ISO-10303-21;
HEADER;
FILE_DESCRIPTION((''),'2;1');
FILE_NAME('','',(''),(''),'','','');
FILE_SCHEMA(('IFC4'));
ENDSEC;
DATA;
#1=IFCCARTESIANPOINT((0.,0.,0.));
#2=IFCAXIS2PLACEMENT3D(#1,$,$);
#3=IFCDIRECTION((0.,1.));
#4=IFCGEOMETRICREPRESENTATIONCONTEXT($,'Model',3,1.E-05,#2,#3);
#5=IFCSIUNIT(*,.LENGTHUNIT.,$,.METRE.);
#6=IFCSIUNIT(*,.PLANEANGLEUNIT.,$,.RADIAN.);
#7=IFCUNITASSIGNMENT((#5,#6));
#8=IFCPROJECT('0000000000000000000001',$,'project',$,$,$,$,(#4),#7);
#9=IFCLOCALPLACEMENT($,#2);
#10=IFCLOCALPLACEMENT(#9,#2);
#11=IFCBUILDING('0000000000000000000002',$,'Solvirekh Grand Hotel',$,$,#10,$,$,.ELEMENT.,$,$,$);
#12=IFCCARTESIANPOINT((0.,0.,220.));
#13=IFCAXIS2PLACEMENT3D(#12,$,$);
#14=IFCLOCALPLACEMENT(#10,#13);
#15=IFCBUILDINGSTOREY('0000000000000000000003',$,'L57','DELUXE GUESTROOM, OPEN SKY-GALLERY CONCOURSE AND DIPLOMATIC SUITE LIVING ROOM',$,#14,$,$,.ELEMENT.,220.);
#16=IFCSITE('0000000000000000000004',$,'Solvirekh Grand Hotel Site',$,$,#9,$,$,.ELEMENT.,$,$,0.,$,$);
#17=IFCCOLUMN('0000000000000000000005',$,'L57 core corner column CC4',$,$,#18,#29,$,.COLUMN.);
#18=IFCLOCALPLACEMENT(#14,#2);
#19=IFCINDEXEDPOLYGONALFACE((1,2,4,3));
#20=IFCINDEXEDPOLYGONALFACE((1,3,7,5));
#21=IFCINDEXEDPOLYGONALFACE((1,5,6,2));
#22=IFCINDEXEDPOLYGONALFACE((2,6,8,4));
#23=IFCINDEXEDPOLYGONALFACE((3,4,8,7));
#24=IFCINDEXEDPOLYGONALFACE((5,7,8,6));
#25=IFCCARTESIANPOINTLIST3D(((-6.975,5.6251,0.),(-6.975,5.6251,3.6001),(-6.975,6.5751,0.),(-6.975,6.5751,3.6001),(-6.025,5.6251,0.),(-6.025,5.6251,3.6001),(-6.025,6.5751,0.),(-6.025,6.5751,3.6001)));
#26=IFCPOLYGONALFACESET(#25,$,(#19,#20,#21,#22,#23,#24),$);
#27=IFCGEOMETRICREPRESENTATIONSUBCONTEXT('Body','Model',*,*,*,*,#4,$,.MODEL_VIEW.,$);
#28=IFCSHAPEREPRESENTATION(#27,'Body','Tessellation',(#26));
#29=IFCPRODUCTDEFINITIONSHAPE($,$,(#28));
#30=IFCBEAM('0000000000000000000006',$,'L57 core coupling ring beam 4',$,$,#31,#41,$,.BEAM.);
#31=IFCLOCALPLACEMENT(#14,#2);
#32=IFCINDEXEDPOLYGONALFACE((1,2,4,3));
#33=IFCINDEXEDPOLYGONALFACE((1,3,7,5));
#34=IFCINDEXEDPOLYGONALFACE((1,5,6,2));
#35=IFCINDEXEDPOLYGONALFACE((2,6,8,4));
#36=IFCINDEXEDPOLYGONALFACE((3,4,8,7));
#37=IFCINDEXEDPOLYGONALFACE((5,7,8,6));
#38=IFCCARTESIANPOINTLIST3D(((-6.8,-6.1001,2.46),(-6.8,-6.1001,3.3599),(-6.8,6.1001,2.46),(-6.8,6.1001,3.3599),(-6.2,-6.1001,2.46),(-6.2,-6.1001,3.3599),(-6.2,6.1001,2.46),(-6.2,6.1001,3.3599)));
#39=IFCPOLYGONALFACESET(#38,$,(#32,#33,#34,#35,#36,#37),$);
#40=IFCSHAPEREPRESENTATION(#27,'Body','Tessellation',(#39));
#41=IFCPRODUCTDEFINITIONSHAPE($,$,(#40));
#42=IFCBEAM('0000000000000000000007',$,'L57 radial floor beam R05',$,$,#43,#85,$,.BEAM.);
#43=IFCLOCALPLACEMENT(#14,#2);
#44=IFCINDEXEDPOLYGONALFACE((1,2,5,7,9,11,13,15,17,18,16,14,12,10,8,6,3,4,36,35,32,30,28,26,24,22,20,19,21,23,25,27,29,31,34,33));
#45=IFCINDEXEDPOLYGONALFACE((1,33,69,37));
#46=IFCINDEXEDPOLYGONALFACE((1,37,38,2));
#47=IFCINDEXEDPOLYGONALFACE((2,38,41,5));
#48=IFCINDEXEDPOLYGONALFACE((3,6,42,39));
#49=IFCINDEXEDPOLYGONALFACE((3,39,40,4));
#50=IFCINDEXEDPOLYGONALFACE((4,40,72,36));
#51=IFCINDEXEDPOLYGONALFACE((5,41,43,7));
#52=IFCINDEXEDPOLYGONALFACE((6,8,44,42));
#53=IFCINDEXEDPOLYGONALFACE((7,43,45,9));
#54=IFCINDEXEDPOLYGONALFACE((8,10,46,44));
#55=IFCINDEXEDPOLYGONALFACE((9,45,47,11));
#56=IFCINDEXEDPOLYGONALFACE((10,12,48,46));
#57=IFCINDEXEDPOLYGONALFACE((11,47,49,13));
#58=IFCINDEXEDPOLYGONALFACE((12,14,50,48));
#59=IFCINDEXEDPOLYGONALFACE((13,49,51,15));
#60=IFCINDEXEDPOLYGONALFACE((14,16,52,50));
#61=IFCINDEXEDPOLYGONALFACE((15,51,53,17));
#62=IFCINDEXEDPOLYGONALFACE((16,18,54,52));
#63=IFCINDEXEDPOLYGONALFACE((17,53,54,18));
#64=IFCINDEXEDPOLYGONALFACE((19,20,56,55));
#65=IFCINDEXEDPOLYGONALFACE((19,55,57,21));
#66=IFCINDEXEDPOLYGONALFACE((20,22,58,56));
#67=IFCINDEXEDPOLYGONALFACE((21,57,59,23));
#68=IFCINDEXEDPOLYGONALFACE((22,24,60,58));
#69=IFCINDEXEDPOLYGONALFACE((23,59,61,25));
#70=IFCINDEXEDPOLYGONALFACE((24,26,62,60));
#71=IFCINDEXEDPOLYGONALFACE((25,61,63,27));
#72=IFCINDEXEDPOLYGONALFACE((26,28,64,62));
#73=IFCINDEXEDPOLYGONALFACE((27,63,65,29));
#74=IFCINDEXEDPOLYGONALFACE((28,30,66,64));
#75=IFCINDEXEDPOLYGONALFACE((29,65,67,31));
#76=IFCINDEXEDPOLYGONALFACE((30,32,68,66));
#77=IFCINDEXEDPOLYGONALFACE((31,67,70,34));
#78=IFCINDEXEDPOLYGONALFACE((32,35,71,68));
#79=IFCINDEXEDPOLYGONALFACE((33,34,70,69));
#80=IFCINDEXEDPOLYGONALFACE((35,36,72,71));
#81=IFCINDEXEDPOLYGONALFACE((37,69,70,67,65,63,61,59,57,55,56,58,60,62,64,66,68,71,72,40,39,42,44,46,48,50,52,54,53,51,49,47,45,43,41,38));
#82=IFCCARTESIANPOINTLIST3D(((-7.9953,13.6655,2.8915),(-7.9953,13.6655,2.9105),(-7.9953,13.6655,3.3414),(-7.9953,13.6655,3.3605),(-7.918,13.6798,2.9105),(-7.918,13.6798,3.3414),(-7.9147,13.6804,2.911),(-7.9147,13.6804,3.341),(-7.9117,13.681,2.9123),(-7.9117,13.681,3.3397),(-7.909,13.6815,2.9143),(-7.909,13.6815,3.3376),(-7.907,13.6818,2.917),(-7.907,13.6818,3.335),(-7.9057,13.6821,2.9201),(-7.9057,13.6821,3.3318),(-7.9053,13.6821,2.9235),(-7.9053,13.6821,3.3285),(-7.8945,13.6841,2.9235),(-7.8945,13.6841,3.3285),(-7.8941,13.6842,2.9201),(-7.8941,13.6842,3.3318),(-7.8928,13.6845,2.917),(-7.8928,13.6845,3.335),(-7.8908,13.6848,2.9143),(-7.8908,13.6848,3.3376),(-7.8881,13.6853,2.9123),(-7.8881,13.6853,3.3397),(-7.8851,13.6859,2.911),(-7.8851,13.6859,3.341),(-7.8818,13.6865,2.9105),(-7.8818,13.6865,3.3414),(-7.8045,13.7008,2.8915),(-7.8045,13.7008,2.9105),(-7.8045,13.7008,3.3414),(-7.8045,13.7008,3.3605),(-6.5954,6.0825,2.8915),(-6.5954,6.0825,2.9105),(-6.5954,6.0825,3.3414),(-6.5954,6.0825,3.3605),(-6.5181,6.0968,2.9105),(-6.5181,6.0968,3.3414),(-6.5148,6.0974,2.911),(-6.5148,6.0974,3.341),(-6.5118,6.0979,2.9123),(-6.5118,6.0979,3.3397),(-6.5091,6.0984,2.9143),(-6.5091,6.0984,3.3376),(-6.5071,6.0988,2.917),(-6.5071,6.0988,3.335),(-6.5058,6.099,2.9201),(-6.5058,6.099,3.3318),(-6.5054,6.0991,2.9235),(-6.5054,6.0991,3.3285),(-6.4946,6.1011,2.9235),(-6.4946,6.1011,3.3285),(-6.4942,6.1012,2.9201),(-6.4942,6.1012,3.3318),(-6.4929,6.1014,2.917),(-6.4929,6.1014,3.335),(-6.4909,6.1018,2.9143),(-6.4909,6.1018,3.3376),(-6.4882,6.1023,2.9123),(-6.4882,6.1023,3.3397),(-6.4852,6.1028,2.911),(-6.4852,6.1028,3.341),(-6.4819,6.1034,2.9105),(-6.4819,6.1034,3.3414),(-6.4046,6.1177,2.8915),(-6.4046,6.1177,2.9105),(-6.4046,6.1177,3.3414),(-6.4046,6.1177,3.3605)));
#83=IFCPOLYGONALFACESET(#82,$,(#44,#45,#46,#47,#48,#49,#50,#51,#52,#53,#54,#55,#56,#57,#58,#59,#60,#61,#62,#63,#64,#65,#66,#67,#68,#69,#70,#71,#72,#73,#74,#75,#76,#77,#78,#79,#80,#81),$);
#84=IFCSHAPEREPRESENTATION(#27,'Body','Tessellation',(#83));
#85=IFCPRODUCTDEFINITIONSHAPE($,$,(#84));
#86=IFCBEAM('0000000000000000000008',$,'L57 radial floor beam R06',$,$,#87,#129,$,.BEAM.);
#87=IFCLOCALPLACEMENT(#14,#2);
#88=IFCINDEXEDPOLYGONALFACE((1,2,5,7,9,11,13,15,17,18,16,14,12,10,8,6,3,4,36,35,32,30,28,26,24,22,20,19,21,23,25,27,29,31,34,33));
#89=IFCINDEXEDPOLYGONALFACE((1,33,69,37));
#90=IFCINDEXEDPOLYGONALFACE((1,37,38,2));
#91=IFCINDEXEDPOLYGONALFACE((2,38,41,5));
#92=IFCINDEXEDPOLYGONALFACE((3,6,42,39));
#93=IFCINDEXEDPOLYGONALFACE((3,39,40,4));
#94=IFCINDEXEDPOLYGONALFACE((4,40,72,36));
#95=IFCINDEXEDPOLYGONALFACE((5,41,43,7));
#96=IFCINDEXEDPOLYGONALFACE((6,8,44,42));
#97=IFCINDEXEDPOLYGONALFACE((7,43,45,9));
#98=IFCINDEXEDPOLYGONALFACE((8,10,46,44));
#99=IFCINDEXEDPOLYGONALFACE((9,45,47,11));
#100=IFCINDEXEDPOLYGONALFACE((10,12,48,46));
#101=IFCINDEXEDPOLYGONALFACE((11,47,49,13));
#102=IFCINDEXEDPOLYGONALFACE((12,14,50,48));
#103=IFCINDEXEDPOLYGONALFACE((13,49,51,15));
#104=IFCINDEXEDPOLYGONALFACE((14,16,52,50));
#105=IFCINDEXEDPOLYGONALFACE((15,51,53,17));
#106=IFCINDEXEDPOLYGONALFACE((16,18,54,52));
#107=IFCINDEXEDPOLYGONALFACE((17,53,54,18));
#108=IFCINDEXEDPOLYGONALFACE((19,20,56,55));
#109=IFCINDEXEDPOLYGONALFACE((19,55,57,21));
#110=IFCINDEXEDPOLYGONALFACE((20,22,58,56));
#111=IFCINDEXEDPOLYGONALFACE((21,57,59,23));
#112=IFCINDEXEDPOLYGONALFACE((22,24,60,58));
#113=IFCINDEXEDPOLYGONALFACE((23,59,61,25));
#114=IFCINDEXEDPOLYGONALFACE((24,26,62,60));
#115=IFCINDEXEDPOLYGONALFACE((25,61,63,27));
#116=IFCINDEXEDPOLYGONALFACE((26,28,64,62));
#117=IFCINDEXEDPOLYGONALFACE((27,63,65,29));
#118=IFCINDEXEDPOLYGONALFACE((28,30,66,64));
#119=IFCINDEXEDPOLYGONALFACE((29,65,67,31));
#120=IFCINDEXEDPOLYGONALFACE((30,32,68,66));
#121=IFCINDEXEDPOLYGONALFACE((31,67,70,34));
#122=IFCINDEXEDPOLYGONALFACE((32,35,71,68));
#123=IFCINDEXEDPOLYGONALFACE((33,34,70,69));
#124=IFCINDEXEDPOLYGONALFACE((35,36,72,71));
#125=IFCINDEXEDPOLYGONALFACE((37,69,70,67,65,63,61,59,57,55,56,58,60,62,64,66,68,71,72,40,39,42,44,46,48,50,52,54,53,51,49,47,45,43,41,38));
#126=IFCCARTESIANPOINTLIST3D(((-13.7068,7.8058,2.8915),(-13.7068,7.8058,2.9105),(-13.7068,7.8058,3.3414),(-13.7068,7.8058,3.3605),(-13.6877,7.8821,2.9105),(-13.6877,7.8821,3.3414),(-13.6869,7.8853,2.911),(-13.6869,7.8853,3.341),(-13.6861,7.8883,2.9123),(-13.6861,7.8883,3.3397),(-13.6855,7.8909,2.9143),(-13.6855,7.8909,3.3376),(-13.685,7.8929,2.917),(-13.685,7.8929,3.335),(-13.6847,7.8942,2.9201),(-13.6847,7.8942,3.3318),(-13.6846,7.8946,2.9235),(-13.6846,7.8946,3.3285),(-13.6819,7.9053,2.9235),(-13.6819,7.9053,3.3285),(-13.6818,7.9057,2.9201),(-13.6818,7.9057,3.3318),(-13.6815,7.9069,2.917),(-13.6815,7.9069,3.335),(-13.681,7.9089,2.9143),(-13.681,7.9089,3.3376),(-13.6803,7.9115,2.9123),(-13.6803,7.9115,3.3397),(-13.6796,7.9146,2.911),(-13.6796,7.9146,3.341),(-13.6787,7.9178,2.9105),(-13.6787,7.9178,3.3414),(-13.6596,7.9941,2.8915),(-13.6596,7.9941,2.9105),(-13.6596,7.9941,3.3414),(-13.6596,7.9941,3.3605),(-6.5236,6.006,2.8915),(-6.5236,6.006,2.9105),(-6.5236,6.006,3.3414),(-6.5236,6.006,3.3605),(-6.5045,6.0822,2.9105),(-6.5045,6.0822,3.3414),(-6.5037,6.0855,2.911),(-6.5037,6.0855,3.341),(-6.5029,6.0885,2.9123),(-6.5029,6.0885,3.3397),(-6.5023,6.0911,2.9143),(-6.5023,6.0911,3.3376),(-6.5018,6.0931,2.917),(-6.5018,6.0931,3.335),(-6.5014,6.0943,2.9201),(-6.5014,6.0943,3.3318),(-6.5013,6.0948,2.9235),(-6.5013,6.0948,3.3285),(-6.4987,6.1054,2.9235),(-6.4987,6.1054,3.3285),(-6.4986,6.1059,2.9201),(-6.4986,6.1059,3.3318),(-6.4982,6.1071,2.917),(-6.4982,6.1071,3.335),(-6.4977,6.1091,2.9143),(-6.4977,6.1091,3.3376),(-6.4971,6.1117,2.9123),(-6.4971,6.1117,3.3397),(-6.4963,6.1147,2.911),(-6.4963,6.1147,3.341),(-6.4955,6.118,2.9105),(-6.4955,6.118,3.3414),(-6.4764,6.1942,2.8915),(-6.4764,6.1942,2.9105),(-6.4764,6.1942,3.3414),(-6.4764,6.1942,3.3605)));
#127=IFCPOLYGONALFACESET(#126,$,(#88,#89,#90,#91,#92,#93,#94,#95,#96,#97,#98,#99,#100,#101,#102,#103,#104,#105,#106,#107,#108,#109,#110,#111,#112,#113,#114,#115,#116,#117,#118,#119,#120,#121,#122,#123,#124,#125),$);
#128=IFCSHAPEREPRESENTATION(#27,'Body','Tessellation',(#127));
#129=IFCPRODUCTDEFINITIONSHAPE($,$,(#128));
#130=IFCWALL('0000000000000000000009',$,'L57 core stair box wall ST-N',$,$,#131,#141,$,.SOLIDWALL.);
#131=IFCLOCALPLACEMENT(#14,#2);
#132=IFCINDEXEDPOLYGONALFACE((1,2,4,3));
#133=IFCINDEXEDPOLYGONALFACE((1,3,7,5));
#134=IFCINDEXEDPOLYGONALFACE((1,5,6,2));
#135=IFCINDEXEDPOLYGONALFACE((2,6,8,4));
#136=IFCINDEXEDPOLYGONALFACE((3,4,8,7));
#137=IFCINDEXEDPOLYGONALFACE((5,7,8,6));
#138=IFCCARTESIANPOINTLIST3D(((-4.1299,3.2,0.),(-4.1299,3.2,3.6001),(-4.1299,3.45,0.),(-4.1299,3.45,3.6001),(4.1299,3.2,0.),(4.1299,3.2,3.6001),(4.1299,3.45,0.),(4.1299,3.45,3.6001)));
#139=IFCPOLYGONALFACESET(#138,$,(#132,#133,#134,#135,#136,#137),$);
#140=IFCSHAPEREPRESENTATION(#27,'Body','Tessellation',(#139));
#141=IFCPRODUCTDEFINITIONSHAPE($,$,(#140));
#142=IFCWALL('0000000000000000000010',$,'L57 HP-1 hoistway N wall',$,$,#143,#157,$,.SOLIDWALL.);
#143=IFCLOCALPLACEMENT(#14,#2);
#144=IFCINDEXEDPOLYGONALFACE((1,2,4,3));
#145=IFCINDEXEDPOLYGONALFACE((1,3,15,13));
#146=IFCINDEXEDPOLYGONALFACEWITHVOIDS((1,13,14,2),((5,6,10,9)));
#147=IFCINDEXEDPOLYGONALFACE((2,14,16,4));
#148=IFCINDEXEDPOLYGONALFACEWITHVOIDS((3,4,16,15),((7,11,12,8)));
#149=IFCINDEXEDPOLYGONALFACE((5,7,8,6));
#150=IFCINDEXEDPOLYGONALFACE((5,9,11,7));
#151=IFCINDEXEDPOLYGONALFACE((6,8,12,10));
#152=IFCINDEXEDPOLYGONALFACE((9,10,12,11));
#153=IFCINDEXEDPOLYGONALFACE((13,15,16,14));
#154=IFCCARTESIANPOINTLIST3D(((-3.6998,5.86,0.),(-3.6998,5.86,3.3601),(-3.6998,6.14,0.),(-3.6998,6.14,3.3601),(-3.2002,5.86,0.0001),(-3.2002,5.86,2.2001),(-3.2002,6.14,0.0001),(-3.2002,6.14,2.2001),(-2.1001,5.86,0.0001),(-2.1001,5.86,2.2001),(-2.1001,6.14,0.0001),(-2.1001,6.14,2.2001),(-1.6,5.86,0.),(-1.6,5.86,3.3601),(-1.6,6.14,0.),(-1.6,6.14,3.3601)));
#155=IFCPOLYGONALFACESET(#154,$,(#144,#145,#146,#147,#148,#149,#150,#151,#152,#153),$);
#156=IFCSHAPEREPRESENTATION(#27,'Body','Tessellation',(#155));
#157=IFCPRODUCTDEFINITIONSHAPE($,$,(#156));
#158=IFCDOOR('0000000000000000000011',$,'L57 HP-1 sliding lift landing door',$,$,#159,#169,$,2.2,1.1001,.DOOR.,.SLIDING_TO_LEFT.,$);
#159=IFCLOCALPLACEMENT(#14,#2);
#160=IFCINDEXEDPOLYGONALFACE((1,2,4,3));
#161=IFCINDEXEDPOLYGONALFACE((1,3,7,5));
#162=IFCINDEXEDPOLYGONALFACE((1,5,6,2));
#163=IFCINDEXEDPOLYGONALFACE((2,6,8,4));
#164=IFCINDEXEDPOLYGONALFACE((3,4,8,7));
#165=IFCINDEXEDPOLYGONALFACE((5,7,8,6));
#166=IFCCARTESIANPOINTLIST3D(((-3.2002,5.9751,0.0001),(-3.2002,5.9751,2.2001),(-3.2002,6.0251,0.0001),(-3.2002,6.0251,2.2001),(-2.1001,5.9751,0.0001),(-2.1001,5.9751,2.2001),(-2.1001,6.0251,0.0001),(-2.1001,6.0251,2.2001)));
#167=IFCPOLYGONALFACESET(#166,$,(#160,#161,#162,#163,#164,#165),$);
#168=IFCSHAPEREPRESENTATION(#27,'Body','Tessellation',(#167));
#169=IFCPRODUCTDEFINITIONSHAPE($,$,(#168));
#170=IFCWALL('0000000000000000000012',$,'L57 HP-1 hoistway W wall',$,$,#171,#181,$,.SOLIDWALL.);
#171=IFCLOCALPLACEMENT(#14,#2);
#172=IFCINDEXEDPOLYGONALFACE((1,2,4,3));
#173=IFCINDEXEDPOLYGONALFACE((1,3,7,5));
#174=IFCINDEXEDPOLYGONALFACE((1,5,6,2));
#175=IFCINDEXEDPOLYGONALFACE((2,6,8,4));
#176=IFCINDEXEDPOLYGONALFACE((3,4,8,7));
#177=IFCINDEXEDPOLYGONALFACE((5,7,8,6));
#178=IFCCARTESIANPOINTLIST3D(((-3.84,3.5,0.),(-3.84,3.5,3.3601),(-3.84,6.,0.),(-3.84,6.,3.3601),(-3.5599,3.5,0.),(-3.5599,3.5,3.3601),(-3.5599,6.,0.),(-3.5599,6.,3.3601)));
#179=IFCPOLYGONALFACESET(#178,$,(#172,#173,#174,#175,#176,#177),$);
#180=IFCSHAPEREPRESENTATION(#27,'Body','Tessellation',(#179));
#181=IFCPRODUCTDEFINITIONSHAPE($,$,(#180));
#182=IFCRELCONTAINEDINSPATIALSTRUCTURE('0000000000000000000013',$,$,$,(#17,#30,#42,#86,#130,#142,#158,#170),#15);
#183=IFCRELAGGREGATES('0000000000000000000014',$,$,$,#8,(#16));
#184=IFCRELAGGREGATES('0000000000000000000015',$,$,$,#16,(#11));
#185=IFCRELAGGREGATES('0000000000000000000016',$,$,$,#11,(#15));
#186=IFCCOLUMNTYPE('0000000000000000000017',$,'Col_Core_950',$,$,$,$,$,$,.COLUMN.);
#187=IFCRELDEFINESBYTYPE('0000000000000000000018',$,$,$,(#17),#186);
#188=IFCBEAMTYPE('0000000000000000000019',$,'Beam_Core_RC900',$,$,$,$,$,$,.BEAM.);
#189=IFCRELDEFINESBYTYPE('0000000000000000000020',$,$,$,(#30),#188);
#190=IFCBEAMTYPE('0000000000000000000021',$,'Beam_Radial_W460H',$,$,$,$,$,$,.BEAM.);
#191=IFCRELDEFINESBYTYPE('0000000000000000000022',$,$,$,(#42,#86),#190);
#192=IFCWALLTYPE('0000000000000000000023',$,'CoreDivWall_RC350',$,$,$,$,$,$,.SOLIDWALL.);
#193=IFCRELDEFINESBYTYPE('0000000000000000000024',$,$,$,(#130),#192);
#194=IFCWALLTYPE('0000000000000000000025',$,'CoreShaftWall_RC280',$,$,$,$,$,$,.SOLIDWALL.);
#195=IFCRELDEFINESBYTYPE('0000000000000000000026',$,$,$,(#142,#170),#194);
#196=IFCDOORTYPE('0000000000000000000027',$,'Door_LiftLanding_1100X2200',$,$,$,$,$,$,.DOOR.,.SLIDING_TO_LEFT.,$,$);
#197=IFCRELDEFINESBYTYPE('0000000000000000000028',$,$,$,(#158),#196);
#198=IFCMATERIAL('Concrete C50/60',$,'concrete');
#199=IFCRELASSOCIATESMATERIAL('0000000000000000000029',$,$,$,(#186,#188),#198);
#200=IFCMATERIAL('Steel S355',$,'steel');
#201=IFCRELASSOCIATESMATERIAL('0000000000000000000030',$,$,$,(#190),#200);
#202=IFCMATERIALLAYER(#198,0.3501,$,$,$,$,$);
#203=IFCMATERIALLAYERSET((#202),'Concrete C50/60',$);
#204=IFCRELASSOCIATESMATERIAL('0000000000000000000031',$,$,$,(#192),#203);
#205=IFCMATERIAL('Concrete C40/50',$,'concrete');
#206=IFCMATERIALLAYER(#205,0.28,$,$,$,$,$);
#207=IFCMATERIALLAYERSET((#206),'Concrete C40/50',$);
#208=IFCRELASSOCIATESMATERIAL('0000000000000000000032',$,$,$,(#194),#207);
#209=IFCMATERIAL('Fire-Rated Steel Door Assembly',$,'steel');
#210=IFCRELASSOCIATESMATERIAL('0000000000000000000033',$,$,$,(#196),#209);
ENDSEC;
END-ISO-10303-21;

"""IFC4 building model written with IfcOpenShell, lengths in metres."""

from ifc_helpers import new_model, si_unit, direction, frame, frame_2d, origin, origin_2d, place, context, subcontext, project, spatial, rectangle, i_section, extrude, material, layer, layer_set, material_profile, profile_set, type_object, element, fill, save


model = new_model("IFC4")

# Units and contexts
model_context = context("Model", 3, precision=1e-05, world=origin(), true_north=direction((0.0, 1.0)))
body_context = subcontext(model_context, "Body", "Model", "MODEL_VIEW")
ifc_project = project(units=[si_unit("LENGTHUNIT", "METRE"), si_unit("PLANEANGLEUNIT", "RADIAN")], contexts=[model_context])

# Site, building, storey
site_placement = place(None, origin())
site = spatial("IfcSite", under=ifc_project, at=site_placement, Name="Solvirekh Grand Hotel Site", CompositionType="ELEMENT", RefElevation=0.0)
building_placement = place(site_placement, origin())
building = spatial("IfcBuilding", under=site, at=building_placement, Name="Solvirekh Grand Hotel", CompositionType="ELEMENT")
storey_placement = place(building_placement, frame((0.0, 0.0, 220.0)))
storey = spatial("IfcBuildingStorey", under=building, at=storey_placement, Name="L57", Description="DELUXE GUESTROOM, OPEN SKY-GALLERY CONCOURSE AND DIPLOMATIC SUITE LIVING ROOM", CompositionType="ELEMENT", Elevation=220.0)

# Column
ifc_material_1 = material(Name="Concrete C50/60", Category="concrete")
ifc_material_profile_1 = material_profile(ifc_material_1, rectangle(XDim=0.95, YDim=0.95, at=origin_2d()), Name="RC 950X950")
ifc_profile_set_1 = profile_set([ifc_material_profile_1], Name="Concrete C50/60")
column_type = type_object("IfcColumnType", Name="Col_Core_950", PredefinedType="COLUMN", material=ifc_profile_set_1)
column_placement = place(storey_placement, frame((-6.5, 6.1001, 0.0), z_axis=(0.0, 0.0, 1.0), x_axis=(1.0, 0.0, 0.0)))
element("IfcColumn", 1, at=column_placement, inside=storey, type_object=column_type, Name="L57 core corner column CC4", PredefinedType="COLUMN", context=body_context, shape_type="SweptSolid", body=[
    extrude(rectangle(XDim=0.95, YDim=0.95, at=origin_2d()), origin(), (0.0, 0.0, 1.0), 3.6001),
])

# Beams
ifc_material_profile_2 = material_profile(ifc_material_1, rectangle(XDim=0.6001, YDim=0.8999, at=origin_2d()), Name="RC BEAM 600X900")
ifc_profile_set_2 = profile_set([ifc_material_profile_2], Name="Concrete C50/60")
beam_type_1 = type_object("IfcBeamType", Name="Beam_Core_RC900", PredefinedType="BEAM", material=ifc_profile_set_2)
beam_1_placement = place(storey_placement, frame((-6.5, 6.1001, 2.9099), z_axis=(0.0, -1.0, 0.0), x_axis=(1.0, 0.0, 0.0)))
element("IfcBeam", 2, at=beam_1_placement, inside=storey, type_object=beam_type_1, Name="L57 core coupling ring beam 4", PredefinedType="BEAM", context=body_context, shape_type="SweptSolid", body=[
    extrude(rectangle(XDim=0.6001, YDim=0.8999, at=origin_2d()), origin(), (0.0, 0.0, 1.0), 12.2002),
])
ifc_material_2 = material(Name="Steel S355", Category="steel")
ifc_material_profile_3 = material_profile(ifc_material_2, i_section(OverallWidth=0.1941, OverallDepth=0.469, WebThickness=0.011, FlangeThickness=0.019, FilletRadius=0.0129, at=origin_2d()), Name="W460X106")
ifc_profile_set_3 = profile_set([ifc_material_profile_3], Name="Steel S355")
beam_type_2 = type_object("IfcBeamType", Name="Beam_Radial_W460H", PredefinedType="BEAM", material=ifc_profile_set_3)
beam_2_placement = place(storey_placement, frame((-6.5, 6.1001, 3.126), z_axis=(-0.181543, 0.983383, 0.0), x_axis=(-0.983383, -0.181543, 0.0)))
element("IfcBeam", 3, at=beam_2_placement, inside=storey, type_object=beam_type_2, Name="L57 radial floor beam R05", PredefinedType="BEAM", context=body_context, shape_type="SweptSolid", body=[
    extrude(i_section(OverallWidth=0.1941, OverallDepth=0.469, WebThickness=0.011, FlangeThickness=0.019, FilletRadius=0.0129, at=origin_2d()), origin(), (0.0, 0.0, 1.0), 7.7112),
])
beam_3_placement = place(storey_placement, frame((-6.5, 6.1001, 3.126), z_axis=(-0.970014, 0.243048, 0.0), x_axis=(-0.243048, -0.970014, 0.0)))
element("IfcBeam", 4, at=beam_3_placement, inside=storey, type_object=beam_type_2, Name="L57 radial floor beam R06", PredefinedType="BEAM", context=body_context, shape_type="SweptSolid", body=[
    extrude(i_section(OverallWidth=0.1941, OverallDepth=0.469, WebThickness=0.011, FlangeThickness=0.019, FilletRadius=0.0129, at=origin_2d()), origin(), (0.0, 0.0, 1.0), 7.4053),
])

# Wall
ifc_layer_1 = layer(ifc_material_1, 0.3501)
ifc_layer_set_1 = layer_set([ifc_layer_1], Name="Concrete C50/60")
wall_type_1 = type_object("IfcWallType", Name="CoreDivWall_RC350", PredefinedType="SOLIDWALL", material=ifc_layer_set_1)
wall_1_placement = place(storey_placement, frame((-4.1299, 3.325, 0.0), z_axis=(0.0, 0.0, 1.0), x_axis=(1.0, 0.0, 0.0)))
element("IfcWall", 5, at=wall_1_placement, inside=storey, type_object=wall_type_1, Name="L57 core stair box wall ST-N", PredefinedType="SOLIDWALL", context=body_context, shape_type="SweptSolid", body=[
    extrude(rectangle(XDim=8.2598, YDim=0.25, at=frame_2d((4.1299, 0.0))), origin(), (0.0, 0.0, 1.0), 3.6001),
])

# Wall, opening, door
ifc_material_3 = material(Name="Concrete C40/50", Category="concrete")
ifc_layer_2 = layer(ifc_material_3, 0.28)
ifc_layer_set_2 = layer_set([ifc_layer_2], Name="Concrete C40/50")
wall_type_2 = type_object("IfcWallType", Name="CoreShaftWall_RC280", PredefinedType="SOLIDWALL", material=ifc_layer_set_2)
wall_2_placement = place(storey_placement, frame((-1.6001, 6.0, 0.0), z_axis=(0.0, 0.0, 1.0), x_axis=(-1.0, 0.0, 0.0)))
wall_2 = element("IfcWall", 6, at=wall_2_placement, inside=storey, type_object=wall_type_2, Name="L57 HP-1 hoistway N wall", PredefinedType="SOLIDWALL", context=body_context, shape_type="SweptSolid", body=[
    extrude(rectangle(XDim=2.0999, YDim=0.28, at=frame_2d((1.0498, 0.0))), origin(), (0.0, 0.0, 1.0), 3.3601),
])
opening_1_placement = place(wall_2_placement, frame((0.5, 0.0, 0.0)))
opening_1 = element("IfcOpeningElement", 7, at=opening_1_placement, cuts=wall_2, PredefinedType="OPENING", context=body_context, shape_type="SweptSolid", body=[
    extrude(rectangle(XDim=1.1001, YDim=2.2, at=frame_2d((0.55, 1.1001))), frame((0.0, 0.1499, 0.0), z_axis=(0.0, -1.0, 0.0), x_axis=(1.0, 0.0, 0.0)), (0.0, 0.0, 1.0), 0.3),
])
ifc_material_4 = material(Name="Fire-Rated Steel Door Assembly", Category="steel")
door_type_1 = type_object("IfcDoorType", Name="Door_LiftLanding_1100X2200", OperationType="SLIDING_TO_LEFT", PredefinedType="DOOR", material=ifc_material_4)
door_1_placement = place(opening_1_placement, origin())
door_1 = element("IfcDoor", 8, at=door_1_placement, inside=storey, type_object=door_type_1, Name="L57 HP-1 sliding lift landing door", OperationType="SLIDING_TO_LEFT", OverallHeight=2.2, OverallWidth=1.1001, PredefinedType="DOOR", context=body_context, shape_type="SweptSolid", body=[
    extrude(rectangle(XDim=1.1001, YDim=2.2, at=frame_2d((0.55, 1.1001))), frame((0.0, 0.0249, 0.0), z_axis=(0.0, -1.0, 0.0), x_axis=(1.0, 0.0, 0.0)), (0.0, 0.0, 1.0), 0.05),
])
fill(opening_1, door_1)

# Wall
for number, where, z_axis, x_axis, name in (
    (9, (-3.7, 6.0, 0.0), (0.0, 0.0, 1.0), (0.0, -1.0, 0.0), "L57 HP-1 hoistway W wall"),
):
    element("IfcWall", number, at=place(storey_placement, frame(where, z_axis=z_axis, x_axis=x_axis)), inside=storey, type_object=wall_type_2, Name=name, PredefinedType="SOLIDWALL", context=body_context, shape_type="SweptSolid", body=[
        extrude(rectangle(XDim=2.5, YDim=0.28, at=frame_2d((1.25, 0.0))), origin(), (0.0, 0.0, 1.0), 3.3601),
    ])

save(model, "model.ifc")
